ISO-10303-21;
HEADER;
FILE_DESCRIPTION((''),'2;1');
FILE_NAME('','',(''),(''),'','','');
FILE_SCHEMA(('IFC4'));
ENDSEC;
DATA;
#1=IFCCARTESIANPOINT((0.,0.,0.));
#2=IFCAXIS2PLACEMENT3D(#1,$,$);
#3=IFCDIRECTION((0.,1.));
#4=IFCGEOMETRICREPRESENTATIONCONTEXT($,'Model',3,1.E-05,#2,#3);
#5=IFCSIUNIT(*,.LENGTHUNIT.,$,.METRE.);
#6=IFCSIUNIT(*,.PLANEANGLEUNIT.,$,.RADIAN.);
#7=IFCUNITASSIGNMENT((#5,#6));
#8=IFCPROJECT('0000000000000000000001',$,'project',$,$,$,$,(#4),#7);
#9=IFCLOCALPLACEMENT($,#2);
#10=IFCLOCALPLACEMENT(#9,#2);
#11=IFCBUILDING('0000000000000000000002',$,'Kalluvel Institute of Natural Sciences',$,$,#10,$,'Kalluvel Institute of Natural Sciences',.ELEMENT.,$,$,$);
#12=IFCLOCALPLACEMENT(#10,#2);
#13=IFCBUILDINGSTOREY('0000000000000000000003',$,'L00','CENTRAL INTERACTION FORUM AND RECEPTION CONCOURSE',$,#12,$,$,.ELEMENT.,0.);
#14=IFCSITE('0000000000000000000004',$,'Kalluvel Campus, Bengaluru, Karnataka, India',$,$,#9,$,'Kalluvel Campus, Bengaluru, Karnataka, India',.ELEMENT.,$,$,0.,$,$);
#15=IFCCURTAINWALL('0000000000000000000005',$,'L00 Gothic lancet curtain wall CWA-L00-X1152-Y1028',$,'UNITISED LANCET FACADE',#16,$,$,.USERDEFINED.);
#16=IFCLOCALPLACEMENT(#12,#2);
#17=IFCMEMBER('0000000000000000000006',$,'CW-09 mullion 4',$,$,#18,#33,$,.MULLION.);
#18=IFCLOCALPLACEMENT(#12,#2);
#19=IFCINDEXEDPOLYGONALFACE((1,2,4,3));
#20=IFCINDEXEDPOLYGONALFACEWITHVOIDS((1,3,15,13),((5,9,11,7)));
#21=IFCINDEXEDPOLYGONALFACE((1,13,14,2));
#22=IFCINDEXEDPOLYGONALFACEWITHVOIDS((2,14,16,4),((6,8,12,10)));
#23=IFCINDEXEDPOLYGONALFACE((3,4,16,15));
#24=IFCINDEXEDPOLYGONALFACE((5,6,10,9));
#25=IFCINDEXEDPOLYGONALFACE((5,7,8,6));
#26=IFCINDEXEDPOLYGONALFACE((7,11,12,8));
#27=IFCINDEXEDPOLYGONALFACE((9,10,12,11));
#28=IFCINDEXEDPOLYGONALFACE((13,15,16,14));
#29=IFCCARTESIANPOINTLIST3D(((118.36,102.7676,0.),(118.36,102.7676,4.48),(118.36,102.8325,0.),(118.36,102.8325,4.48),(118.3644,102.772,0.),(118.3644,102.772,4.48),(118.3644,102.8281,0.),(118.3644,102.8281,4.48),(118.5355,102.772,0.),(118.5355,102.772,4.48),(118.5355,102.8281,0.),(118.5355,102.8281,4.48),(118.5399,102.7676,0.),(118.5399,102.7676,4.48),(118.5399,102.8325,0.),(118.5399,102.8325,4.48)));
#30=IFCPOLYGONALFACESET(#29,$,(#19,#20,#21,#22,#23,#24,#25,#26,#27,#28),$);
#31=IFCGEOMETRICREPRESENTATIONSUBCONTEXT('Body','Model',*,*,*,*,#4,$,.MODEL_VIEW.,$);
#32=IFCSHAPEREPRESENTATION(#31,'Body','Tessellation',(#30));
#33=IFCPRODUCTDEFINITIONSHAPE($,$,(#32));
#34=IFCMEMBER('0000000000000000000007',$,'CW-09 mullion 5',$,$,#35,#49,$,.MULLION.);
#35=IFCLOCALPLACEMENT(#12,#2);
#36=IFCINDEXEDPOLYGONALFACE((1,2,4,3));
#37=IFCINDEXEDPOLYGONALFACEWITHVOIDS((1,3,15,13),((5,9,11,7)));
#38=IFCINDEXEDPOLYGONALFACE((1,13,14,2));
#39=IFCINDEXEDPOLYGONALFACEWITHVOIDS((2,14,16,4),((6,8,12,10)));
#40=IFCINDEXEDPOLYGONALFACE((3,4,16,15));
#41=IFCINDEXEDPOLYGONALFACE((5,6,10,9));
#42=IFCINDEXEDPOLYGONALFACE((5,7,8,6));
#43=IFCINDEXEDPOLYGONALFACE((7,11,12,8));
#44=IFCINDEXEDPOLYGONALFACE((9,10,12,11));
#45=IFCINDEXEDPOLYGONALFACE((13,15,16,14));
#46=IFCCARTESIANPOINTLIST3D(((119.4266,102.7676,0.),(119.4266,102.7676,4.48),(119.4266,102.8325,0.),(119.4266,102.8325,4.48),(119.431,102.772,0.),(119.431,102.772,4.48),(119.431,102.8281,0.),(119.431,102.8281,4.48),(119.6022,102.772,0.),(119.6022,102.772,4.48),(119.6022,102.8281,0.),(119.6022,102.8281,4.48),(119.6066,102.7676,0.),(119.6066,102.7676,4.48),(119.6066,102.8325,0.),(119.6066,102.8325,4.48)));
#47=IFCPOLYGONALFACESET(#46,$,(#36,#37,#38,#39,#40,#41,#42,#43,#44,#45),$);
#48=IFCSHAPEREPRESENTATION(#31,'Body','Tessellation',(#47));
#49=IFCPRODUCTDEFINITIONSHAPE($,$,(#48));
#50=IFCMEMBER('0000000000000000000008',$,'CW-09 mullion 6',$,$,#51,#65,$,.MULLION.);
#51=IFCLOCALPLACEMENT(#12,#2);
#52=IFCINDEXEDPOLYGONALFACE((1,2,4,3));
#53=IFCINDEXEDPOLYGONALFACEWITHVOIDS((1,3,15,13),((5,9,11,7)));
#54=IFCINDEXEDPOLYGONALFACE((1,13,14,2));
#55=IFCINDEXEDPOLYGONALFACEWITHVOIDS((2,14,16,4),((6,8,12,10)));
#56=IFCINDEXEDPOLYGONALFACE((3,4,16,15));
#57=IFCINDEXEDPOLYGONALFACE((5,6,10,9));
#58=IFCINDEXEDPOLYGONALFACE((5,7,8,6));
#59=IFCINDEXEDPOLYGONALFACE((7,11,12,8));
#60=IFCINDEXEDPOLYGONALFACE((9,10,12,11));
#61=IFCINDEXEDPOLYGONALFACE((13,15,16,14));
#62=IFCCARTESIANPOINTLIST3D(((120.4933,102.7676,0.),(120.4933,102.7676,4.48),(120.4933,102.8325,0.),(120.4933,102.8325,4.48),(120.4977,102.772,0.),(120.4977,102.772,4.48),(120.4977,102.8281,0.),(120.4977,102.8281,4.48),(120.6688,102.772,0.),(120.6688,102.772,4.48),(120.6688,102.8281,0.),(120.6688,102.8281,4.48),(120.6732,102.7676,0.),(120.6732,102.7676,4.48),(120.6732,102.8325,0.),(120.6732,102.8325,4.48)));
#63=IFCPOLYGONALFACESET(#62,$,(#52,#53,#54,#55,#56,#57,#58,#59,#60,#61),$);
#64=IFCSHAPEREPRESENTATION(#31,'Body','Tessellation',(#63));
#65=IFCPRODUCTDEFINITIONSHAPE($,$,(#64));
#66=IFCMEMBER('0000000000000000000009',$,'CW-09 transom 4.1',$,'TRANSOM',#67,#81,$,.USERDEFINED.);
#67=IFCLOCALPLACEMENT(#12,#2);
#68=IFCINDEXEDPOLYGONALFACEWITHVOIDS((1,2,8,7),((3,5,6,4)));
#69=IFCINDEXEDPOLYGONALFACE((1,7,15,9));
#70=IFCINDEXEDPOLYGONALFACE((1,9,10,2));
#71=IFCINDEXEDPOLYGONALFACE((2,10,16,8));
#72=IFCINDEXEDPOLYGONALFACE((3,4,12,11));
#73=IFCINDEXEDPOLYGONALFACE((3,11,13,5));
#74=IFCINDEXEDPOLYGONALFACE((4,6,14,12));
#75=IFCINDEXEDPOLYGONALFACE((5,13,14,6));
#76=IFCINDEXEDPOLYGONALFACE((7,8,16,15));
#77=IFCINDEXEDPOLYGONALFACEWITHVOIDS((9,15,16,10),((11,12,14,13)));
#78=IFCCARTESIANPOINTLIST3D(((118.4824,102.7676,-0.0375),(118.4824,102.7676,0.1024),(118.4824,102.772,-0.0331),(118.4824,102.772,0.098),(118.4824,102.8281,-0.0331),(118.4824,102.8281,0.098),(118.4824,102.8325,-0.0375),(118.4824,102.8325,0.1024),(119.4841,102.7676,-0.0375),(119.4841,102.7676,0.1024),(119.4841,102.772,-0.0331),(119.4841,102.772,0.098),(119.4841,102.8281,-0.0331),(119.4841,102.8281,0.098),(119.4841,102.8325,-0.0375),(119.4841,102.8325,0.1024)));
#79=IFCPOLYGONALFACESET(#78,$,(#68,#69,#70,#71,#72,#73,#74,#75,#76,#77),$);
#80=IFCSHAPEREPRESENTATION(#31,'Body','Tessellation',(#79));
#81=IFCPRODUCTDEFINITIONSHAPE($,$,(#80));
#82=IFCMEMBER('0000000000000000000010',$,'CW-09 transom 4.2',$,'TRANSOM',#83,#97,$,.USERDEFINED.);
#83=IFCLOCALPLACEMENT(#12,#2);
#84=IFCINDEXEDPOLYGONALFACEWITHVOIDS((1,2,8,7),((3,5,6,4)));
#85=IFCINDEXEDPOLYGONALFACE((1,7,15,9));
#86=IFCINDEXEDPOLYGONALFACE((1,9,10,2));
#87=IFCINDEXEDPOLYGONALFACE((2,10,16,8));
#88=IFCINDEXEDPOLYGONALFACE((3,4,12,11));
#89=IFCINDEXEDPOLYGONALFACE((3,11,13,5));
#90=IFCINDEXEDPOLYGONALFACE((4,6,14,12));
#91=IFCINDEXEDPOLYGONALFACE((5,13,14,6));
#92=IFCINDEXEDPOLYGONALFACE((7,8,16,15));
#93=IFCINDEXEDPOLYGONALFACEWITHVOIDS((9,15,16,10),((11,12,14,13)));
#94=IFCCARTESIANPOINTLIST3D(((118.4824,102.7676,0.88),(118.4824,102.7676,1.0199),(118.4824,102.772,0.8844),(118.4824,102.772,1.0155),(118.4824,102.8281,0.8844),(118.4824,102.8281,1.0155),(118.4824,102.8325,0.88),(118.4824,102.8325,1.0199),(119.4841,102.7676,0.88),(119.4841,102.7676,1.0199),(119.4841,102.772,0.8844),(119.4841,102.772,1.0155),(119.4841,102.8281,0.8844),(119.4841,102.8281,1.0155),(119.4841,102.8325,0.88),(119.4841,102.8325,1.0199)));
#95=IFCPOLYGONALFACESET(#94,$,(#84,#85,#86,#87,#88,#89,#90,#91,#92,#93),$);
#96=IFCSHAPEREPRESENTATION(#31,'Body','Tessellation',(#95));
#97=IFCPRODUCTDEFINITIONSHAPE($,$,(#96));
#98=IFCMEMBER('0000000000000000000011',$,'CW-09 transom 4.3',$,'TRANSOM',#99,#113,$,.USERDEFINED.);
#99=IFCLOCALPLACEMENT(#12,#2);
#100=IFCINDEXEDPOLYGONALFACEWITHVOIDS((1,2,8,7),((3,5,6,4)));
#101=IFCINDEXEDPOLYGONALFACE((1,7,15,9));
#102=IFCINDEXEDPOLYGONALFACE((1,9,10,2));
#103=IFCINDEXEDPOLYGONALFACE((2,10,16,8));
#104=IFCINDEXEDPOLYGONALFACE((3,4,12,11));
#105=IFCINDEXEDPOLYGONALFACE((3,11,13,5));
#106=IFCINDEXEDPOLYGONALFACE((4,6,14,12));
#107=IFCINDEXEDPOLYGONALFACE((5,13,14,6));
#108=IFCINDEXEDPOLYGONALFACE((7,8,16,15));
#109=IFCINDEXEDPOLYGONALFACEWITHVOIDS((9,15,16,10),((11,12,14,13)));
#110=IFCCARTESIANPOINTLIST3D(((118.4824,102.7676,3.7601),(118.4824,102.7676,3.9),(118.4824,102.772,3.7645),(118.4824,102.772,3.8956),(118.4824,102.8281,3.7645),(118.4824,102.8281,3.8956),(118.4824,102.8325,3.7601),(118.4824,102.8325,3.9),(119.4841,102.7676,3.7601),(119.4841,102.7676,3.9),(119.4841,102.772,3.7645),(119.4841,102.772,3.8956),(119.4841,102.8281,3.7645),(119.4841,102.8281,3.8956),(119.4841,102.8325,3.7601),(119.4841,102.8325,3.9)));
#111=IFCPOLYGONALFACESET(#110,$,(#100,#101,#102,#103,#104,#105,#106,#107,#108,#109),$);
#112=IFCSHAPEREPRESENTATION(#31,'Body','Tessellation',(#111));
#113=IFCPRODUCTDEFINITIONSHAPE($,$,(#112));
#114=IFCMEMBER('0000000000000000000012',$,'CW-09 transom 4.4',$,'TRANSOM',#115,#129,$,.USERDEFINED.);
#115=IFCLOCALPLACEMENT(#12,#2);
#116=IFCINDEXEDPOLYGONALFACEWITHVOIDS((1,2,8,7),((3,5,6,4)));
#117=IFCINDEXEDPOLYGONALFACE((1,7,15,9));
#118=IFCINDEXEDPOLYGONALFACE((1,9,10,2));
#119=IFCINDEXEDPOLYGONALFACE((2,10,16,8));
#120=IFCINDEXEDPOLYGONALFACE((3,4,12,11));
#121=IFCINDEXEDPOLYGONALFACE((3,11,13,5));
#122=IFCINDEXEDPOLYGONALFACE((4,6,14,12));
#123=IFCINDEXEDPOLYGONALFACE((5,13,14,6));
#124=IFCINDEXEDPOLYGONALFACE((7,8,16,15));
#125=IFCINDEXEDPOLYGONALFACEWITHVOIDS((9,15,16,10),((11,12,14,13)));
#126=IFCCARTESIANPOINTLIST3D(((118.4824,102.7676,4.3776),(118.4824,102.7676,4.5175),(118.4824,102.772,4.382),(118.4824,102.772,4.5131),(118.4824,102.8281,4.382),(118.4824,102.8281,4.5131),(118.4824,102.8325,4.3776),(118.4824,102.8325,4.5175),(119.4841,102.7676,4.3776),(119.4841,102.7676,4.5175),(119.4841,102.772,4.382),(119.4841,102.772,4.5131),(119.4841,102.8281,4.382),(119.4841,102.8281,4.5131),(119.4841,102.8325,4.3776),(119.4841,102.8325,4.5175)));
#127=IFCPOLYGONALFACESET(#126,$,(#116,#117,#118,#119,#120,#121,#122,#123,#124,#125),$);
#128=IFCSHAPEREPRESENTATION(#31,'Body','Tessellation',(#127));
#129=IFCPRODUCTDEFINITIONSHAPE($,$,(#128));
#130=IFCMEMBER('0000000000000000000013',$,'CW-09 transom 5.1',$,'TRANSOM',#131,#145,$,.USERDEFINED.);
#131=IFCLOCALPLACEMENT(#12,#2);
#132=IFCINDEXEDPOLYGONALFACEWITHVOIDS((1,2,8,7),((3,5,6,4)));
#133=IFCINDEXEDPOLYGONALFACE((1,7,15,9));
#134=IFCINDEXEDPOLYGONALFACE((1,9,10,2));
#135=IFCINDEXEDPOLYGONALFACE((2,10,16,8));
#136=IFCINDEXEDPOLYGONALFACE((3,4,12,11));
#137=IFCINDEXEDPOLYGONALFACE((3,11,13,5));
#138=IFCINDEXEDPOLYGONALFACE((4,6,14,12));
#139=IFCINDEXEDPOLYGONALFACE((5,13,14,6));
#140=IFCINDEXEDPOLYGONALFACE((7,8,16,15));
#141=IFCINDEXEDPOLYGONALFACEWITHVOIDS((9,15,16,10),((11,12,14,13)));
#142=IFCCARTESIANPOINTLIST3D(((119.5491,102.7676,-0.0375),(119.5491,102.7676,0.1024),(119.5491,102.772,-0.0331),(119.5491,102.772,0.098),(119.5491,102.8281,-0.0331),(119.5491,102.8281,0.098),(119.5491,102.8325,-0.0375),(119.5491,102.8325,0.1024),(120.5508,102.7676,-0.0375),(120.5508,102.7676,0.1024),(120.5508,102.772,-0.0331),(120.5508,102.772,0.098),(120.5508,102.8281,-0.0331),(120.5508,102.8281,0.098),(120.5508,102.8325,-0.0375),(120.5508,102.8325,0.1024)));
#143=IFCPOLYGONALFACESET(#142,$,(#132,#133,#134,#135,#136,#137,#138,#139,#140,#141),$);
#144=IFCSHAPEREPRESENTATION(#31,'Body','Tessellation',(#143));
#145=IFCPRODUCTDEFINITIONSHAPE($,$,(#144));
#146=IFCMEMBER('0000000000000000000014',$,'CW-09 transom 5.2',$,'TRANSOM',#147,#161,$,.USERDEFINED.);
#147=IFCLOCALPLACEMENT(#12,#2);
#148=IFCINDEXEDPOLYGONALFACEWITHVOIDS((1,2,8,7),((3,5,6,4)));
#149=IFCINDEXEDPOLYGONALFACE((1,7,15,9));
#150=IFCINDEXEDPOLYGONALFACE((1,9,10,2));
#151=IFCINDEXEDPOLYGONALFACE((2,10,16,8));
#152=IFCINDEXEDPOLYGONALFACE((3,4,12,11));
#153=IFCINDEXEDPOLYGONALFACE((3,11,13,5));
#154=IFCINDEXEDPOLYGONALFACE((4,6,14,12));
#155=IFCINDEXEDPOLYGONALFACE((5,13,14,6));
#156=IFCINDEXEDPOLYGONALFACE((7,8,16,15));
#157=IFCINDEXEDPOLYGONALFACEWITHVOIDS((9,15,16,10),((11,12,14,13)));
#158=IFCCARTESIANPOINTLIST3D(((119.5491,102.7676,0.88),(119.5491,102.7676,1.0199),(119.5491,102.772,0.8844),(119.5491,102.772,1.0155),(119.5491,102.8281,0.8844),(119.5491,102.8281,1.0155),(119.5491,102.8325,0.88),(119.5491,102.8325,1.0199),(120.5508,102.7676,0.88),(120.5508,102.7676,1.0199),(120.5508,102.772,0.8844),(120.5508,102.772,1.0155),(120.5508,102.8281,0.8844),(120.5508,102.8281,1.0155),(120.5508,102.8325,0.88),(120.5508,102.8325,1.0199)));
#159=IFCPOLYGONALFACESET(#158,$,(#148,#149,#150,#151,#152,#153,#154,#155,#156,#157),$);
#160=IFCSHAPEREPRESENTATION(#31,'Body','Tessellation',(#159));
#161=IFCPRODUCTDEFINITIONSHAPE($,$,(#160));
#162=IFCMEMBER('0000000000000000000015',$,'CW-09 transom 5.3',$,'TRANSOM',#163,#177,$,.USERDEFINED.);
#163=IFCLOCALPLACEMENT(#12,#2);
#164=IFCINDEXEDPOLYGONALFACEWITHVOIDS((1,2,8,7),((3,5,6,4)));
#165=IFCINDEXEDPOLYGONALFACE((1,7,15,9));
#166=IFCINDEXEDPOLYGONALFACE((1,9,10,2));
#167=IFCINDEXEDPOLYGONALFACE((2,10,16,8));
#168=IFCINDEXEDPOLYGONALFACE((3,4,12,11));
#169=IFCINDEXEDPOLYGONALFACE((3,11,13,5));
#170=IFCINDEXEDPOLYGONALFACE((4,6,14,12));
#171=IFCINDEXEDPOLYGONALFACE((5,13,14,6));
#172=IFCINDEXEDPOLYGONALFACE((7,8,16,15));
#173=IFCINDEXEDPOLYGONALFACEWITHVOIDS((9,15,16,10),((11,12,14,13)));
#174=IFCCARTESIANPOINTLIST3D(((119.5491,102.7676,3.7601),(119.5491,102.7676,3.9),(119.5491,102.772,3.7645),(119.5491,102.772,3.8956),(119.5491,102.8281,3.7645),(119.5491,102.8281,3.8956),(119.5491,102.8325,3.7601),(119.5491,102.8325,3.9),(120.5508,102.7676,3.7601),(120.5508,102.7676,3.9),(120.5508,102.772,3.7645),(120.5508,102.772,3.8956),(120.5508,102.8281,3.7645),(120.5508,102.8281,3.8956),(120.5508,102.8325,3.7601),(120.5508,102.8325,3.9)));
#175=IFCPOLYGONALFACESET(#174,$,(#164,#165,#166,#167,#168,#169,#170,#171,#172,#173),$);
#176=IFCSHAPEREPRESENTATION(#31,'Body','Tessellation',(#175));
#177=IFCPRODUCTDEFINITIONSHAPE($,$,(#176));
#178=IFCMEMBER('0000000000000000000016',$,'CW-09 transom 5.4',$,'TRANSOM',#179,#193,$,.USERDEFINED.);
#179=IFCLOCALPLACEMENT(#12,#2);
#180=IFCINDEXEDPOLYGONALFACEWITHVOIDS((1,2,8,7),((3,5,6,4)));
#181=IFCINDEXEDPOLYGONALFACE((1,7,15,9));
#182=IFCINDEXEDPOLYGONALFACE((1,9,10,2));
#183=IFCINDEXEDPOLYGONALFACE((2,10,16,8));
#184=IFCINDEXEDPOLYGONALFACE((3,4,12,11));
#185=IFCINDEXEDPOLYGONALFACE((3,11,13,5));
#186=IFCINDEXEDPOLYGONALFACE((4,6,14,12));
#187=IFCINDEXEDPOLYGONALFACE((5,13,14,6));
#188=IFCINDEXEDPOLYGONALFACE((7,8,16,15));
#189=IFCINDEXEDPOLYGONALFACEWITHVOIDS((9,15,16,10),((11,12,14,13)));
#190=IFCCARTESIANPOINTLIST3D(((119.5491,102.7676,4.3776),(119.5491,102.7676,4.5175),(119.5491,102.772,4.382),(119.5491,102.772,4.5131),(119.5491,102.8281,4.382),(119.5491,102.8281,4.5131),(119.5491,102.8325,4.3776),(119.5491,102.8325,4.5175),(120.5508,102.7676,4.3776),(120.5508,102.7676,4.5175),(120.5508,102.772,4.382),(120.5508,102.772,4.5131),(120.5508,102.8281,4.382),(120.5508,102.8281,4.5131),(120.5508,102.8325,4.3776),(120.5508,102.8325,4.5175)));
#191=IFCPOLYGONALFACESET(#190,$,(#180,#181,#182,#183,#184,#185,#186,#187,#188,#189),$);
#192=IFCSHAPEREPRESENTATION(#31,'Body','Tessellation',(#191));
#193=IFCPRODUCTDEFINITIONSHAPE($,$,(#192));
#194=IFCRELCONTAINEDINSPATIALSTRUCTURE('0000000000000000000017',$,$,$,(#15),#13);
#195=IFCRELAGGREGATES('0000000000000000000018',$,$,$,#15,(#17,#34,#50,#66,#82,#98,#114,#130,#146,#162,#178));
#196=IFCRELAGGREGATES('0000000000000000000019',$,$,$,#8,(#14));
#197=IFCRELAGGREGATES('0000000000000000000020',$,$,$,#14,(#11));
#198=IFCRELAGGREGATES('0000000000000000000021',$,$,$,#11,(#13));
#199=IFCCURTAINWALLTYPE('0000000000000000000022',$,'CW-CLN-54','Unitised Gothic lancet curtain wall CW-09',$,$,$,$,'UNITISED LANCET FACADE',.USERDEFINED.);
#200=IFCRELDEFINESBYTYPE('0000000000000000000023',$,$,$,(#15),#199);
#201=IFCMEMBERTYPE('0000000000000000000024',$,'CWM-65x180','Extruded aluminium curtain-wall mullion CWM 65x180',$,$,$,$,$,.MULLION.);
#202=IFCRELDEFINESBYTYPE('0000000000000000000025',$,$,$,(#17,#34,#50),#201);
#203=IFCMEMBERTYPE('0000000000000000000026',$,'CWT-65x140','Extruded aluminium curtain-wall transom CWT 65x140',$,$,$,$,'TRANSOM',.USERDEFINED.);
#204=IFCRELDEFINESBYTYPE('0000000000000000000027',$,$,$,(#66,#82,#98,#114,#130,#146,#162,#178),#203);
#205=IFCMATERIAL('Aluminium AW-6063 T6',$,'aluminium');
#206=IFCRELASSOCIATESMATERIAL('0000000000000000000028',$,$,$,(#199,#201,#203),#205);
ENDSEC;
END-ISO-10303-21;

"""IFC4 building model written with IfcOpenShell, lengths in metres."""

from ifc_helpers import new_model, si_unit, direction, frame, origin, origin_2d, place, context, subcontext, project, spatial, hollow_rectangle, extrude, material, material_profile, profile_set, type_object, element, aggregate, save


model = new_model("IFC4")

# Units and contexts
model_context = context("Model", 3, precision=1e-05, world=origin(), true_north=direction((0.0, 1.0)))
body_context = subcontext(model_context, "Body", "Model", "MODEL_VIEW")
ifc_project = project(units=[si_unit("LENGTHUNIT", "METRE"), si_unit("PLANEANGLEUNIT", "RADIAN")], contexts=[model_context])

# Site, building, storey
site_placement = place(None, origin())
site = spatial("IfcSite", under=ifc_project, at=site_placement, Name="Kalluvel Campus, Bengaluru, Karnataka, India", LongName="Kalluvel Campus, Bengaluru, Karnataka, India", CompositionType="ELEMENT", RefElevation=0.0)
building_placement = place(site_placement, origin())
building = spatial("IfcBuilding", under=site, at=building_placement, Name="Kalluvel Institute of Natural Sciences", LongName="Kalluvel Institute of Natural Sciences", CompositionType="ELEMENT")
storey_placement = place(building_placement, origin())
storey = spatial("IfcBuildingStorey", under=building, at=storey_placement, Name="L00", Description="CENTRAL INTERACTION FORUM AND RECEPTION CONCOURSE", CompositionType="ELEMENT", Elevation=0.0)

# Curtain wall, members
ifc_material_1 = material(Name="Aluminium AW-6063 T6", Category="aluminium")
curtain_wall_type = type_object("IfcCurtainWallType", Name="CW-CLN-54", Description="Unitised Gothic lancet curtain wall CW-09", ElementType="UNITISED LANCET FACADE", PredefinedType="USERDEFINED", material=ifc_material_1)
curtain_wall_placement = place(storey_placement, origin())
curtain_wall = element("IfcCurtainWall", 1, at=curtain_wall_placement, inside=storey, type_object=curtain_wall_type, Name="L00 Gothic lancet curtain wall CWA-L00-X1152-Y1028", ObjectType="UNITISED LANCET FACADE", PredefinedType="USERDEFINED")
ifc_material_profile_1 = material_profile(ifc_material_1, hollow_rectangle(XDim=0.0649, YDim=0.1799, WallThickness=0.0044, at=origin_2d()), Name="CWM 65x180")
ifc_profile_set_1 = profile_set([ifc_material_profile_1], Name="Aluminium AW-6063 T6")
member_type_1 = type_object("IfcMemberType", Name="CWM-65x180", Description="Extruded aluminium curtain-wall mullion CWM 65x180", PredefinedType="MULLION", material=ifc_profile_set_1)
member_1_placement = place(storey_placement, frame((118.45, 102.8, 0.0), z_axis=(0.0, 0.0, 1.0), x_axis=(0.0, 1.0, 0.0)))
member_1 = element("IfcMember", 2, at=member_1_placement, type_object=member_type_1, Name="CW-09 mullion 4", PredefinedType="MULLION", context=body_context, shape_type="SweptSolid", body=[
    extrude(hollow_rectangle(XDim=0.0649, YDim=0.1799, WallThickness=0.0044, at=origin_2d()), origin(), (0.0, 0.0, 1.0), 4.48),
])
member_2_placement = place(storey_placement, frame((119.5166, 102.8, 0.0), z_axis=(0.0, 0.0, 1.0), x_axis=(0.0, 1.0, 0.0)))
member_2 = element("IfcMember", 3, at=member_2_placement, type_object=member_type_1, Name="CW-09 mullion 5", PredefinedType="MULLION", context=body_context, shape_type="SweptSolid", body=[
    extrude(hollow_rectangle(XDim=0.0649, YDim=0.1799, WallThickness=0.0044, at=origin_2d()), origin(), (0.0, 0.0, 1.0), 4.48),
])
member_3_placement = place(storey_placement, frame((120.5833, 102.8, 0.0), z_axis=(0.0, 0.0, 1.0), x_axis=(0.0, 1.0, 0.0)))
member_3 = element("IfcMember", 4, at=member_3_placement, type_object=member_type_1, Name="CW-09 mullion 6", PredefinedType="MULLION", context=body_context, shape_type="SweptSolid", body=[
    extrude(hollow_rectangle(XDim=0.0649, YDim=0.1799, WallThickness=0.0044, at=origin_2d()), origin(), (0.0, 0.0, 1.0), 4.48),
])
ifc_material_profile_2 = material_profile(ifc_material_1, hollow_rectangle(XDim=0.0649, YDim=0.1399, WallThickness=0.0044, at=origin_2d()), Name="CWT 65x140")
ifc_profile_set_2 = profile_set([ifc_material_profile_2], Name="Aluminium AW-6063 T6")
member_type_2 = type_object("IfcMemberType", Name="CWT-65x140", Description="Extruded aluminium curtain-wall transom CWT 65x140", ElementType="TRANSOM", PredefinedType="USERDEFINED", material=ifc_profile_set_2)
member_4_placement = place(storey_placement, frame((118.4824, 102.8, 0.0325), z_axis=(1.0, 0.0, 0.0), x_axis=(0.0, 1.0, 0.0)))
member_4 = element("IfcMember", 5, at=member_4_placement, type_object=member_type_2, Name="CW-09 transom 4.1", ObjectType="TRANSOM", PredefinedType="USERDEFINED", context=body_context, shape_type="SweptSolid", body=[
    extrude(hollow_rectangle(XDim=0.0649, YDim=0.1399, WallThickness=0.0044, at=origin_2d()), origin(), (0.0, 0.0, 1.0), 1.0017),
])
member_5_placement = place(storey_placement, frame((118.4824, 102.8, 0.95), z_axis=(1.0, 0.0, 0.0), x_axis=(0.0, 1.0, 0.0)))
member_5 = element("IfcMember", 6, at=member_5_placement, type_object=member_type_2, Name="CW-09 transom 4.2", ObjectType="TRANSOM", PredefinedType="USERDEFINED", context=body_context, shape_type="SweptSolid", body=[
    extrude(hollow_rectangle(XDim=0.0649, YDim=0.1399, WallThickness=0.0044, at=origin_2d()), origin(), (0.0, 0.0, 1.0), 1.0017),
])
member_6_placement = place(storey_placement, frame((118.4824, 102.8, 3.8301), z_axis=(1.0, 0.0, 0.0), x_axis=(0.0, 1.0, 0.0)))
member_6 = element("IfcMember", 7, at=member_6_placement, type_object=member_type_2, Name="CW-09 transom 4.3", ObjectType="TRANSOM", PredefinedType="USERDEFINED", context=body_context, shape_type="SweptSolid", body=[
    extrude(hollow_rectangle(XDim=0.0649, YDim=0.1399, WallThickness=0.0044, at=origin_2d()), origin(), (0.0, 0.0, 1.0), 1.0017),
])
member_7_placement = place(storey_placement, frame((118.4824, 102.8, 4.4475), z_axis=(1.0, 0.0, 0.0), x_axis=(0.0, 1.0, 0.0)))
member_7 = element("IfcMember", 8, at=member_7_placement, type_object=member_type_2, Name="CW-09 transom 4.4", ObjectType="TRANSOM", PredefinedType="USERDEFINED", context=body_context, shape_type="SweptSolid", body=[
    extrude(hollow_rectangle(XDim=0.0649, YDim=0.1399, WallThickness=0.0044, at=origin_2d()), origin(), (0.0, 0.0, 1.0), 1.0017),
])
member_8_placement = place(storey_placement, frame((119.5491, 102.8, 0.0325), z_axis=(1.0, 0.0, 0.0), x_axis=(0.0, 1.0, 0.0)))
member_8 = element("IfcMember", 9, at=member_8_placement, type_object=member_type_2, Name="CW-09 transom 5.1", ObjectType="TRANSOM", PredefinedType="USERDEFINED", context=body_context, shape_type="SweptSolid", body=[
    extrude(hollow_rectangle(XDim=0.0649, YDim=0.1399, WallThickness=0.0044, at=origin_2d()), origin(), (0.0, 0.0, 1.0), 1.0017),
])
member_9_placement = place(storey_placement, frame((119.5491, 102.8, 0.95), z_axis=(1.0, 0.0, 0.0), x_axis=(0.0, 1.0, 0.0)))
member_9 = element("IfcMember", 10, at=member_9_placement, type_object=member_type_2, Name="CW-09 transom 5.2", ObjectType="TRANSOM", PredefinedType="USERDEFINED", context=body_context, shape_type="SweptSolid", body=[
    extrude(hollow_rectangle(XDim=0.0649, YDim=0.1399, WallThickness=0.0044, at=origin_2d()), origin(), (0.0, 0.0, 1.0), 1.0017),
])
member_10_placement = place(storey_placement, frame((119.5491, 102.8, 3.8301), z_axis=(1.0, 0.0, 0.0), x_axis=(0.0, 1.0, 0.0)))
member_10 = element("IfcMember", 11, at=member_10_placement, type_object=member_type_2, Name="CW-09 transom 5.3", ObjectType="TRANSOM", PredefinedType="USERDEFINED", context=body_context, shape_type="SweptSolid", body=[
    extrude(hollow_rectangle(XDim=0.0649, YDim=0.1399, WallThickness=0.0044, at=origin_2d()), origin(), (0.0, 0.0, 1.0), 1.0017),
])
member_11_placement = place(storey_placement, frame((119.5491, 102.8, 4.4475), z_axis=(1.0, 0.0, 0.0), x_axis=(0.0, 1.0, 0.0)))
member_11 = element("IfcMember", 12, at=member_11_placement, type_object=member_type_2, Name="CW-09 transom 5.4", ObjectType="TRANSOM", PredefinedType="USERDEFINED", context=body_context, shape_type="SweptSolid", body=[
    extrude(hollow_rectangle(XDim=0.0649, YDim=0.1399, WallThickness=0.0044, at=origin_2d()), origin(), (0.0, 0.0, 1.0), 1.0017),
])
aggregate(curtain_wall, [member_1, member_2, member_3, member_4, member_5, member_6, member_7, member_8, member_9, member_10, member_11])

save(model, "model.ifc")
